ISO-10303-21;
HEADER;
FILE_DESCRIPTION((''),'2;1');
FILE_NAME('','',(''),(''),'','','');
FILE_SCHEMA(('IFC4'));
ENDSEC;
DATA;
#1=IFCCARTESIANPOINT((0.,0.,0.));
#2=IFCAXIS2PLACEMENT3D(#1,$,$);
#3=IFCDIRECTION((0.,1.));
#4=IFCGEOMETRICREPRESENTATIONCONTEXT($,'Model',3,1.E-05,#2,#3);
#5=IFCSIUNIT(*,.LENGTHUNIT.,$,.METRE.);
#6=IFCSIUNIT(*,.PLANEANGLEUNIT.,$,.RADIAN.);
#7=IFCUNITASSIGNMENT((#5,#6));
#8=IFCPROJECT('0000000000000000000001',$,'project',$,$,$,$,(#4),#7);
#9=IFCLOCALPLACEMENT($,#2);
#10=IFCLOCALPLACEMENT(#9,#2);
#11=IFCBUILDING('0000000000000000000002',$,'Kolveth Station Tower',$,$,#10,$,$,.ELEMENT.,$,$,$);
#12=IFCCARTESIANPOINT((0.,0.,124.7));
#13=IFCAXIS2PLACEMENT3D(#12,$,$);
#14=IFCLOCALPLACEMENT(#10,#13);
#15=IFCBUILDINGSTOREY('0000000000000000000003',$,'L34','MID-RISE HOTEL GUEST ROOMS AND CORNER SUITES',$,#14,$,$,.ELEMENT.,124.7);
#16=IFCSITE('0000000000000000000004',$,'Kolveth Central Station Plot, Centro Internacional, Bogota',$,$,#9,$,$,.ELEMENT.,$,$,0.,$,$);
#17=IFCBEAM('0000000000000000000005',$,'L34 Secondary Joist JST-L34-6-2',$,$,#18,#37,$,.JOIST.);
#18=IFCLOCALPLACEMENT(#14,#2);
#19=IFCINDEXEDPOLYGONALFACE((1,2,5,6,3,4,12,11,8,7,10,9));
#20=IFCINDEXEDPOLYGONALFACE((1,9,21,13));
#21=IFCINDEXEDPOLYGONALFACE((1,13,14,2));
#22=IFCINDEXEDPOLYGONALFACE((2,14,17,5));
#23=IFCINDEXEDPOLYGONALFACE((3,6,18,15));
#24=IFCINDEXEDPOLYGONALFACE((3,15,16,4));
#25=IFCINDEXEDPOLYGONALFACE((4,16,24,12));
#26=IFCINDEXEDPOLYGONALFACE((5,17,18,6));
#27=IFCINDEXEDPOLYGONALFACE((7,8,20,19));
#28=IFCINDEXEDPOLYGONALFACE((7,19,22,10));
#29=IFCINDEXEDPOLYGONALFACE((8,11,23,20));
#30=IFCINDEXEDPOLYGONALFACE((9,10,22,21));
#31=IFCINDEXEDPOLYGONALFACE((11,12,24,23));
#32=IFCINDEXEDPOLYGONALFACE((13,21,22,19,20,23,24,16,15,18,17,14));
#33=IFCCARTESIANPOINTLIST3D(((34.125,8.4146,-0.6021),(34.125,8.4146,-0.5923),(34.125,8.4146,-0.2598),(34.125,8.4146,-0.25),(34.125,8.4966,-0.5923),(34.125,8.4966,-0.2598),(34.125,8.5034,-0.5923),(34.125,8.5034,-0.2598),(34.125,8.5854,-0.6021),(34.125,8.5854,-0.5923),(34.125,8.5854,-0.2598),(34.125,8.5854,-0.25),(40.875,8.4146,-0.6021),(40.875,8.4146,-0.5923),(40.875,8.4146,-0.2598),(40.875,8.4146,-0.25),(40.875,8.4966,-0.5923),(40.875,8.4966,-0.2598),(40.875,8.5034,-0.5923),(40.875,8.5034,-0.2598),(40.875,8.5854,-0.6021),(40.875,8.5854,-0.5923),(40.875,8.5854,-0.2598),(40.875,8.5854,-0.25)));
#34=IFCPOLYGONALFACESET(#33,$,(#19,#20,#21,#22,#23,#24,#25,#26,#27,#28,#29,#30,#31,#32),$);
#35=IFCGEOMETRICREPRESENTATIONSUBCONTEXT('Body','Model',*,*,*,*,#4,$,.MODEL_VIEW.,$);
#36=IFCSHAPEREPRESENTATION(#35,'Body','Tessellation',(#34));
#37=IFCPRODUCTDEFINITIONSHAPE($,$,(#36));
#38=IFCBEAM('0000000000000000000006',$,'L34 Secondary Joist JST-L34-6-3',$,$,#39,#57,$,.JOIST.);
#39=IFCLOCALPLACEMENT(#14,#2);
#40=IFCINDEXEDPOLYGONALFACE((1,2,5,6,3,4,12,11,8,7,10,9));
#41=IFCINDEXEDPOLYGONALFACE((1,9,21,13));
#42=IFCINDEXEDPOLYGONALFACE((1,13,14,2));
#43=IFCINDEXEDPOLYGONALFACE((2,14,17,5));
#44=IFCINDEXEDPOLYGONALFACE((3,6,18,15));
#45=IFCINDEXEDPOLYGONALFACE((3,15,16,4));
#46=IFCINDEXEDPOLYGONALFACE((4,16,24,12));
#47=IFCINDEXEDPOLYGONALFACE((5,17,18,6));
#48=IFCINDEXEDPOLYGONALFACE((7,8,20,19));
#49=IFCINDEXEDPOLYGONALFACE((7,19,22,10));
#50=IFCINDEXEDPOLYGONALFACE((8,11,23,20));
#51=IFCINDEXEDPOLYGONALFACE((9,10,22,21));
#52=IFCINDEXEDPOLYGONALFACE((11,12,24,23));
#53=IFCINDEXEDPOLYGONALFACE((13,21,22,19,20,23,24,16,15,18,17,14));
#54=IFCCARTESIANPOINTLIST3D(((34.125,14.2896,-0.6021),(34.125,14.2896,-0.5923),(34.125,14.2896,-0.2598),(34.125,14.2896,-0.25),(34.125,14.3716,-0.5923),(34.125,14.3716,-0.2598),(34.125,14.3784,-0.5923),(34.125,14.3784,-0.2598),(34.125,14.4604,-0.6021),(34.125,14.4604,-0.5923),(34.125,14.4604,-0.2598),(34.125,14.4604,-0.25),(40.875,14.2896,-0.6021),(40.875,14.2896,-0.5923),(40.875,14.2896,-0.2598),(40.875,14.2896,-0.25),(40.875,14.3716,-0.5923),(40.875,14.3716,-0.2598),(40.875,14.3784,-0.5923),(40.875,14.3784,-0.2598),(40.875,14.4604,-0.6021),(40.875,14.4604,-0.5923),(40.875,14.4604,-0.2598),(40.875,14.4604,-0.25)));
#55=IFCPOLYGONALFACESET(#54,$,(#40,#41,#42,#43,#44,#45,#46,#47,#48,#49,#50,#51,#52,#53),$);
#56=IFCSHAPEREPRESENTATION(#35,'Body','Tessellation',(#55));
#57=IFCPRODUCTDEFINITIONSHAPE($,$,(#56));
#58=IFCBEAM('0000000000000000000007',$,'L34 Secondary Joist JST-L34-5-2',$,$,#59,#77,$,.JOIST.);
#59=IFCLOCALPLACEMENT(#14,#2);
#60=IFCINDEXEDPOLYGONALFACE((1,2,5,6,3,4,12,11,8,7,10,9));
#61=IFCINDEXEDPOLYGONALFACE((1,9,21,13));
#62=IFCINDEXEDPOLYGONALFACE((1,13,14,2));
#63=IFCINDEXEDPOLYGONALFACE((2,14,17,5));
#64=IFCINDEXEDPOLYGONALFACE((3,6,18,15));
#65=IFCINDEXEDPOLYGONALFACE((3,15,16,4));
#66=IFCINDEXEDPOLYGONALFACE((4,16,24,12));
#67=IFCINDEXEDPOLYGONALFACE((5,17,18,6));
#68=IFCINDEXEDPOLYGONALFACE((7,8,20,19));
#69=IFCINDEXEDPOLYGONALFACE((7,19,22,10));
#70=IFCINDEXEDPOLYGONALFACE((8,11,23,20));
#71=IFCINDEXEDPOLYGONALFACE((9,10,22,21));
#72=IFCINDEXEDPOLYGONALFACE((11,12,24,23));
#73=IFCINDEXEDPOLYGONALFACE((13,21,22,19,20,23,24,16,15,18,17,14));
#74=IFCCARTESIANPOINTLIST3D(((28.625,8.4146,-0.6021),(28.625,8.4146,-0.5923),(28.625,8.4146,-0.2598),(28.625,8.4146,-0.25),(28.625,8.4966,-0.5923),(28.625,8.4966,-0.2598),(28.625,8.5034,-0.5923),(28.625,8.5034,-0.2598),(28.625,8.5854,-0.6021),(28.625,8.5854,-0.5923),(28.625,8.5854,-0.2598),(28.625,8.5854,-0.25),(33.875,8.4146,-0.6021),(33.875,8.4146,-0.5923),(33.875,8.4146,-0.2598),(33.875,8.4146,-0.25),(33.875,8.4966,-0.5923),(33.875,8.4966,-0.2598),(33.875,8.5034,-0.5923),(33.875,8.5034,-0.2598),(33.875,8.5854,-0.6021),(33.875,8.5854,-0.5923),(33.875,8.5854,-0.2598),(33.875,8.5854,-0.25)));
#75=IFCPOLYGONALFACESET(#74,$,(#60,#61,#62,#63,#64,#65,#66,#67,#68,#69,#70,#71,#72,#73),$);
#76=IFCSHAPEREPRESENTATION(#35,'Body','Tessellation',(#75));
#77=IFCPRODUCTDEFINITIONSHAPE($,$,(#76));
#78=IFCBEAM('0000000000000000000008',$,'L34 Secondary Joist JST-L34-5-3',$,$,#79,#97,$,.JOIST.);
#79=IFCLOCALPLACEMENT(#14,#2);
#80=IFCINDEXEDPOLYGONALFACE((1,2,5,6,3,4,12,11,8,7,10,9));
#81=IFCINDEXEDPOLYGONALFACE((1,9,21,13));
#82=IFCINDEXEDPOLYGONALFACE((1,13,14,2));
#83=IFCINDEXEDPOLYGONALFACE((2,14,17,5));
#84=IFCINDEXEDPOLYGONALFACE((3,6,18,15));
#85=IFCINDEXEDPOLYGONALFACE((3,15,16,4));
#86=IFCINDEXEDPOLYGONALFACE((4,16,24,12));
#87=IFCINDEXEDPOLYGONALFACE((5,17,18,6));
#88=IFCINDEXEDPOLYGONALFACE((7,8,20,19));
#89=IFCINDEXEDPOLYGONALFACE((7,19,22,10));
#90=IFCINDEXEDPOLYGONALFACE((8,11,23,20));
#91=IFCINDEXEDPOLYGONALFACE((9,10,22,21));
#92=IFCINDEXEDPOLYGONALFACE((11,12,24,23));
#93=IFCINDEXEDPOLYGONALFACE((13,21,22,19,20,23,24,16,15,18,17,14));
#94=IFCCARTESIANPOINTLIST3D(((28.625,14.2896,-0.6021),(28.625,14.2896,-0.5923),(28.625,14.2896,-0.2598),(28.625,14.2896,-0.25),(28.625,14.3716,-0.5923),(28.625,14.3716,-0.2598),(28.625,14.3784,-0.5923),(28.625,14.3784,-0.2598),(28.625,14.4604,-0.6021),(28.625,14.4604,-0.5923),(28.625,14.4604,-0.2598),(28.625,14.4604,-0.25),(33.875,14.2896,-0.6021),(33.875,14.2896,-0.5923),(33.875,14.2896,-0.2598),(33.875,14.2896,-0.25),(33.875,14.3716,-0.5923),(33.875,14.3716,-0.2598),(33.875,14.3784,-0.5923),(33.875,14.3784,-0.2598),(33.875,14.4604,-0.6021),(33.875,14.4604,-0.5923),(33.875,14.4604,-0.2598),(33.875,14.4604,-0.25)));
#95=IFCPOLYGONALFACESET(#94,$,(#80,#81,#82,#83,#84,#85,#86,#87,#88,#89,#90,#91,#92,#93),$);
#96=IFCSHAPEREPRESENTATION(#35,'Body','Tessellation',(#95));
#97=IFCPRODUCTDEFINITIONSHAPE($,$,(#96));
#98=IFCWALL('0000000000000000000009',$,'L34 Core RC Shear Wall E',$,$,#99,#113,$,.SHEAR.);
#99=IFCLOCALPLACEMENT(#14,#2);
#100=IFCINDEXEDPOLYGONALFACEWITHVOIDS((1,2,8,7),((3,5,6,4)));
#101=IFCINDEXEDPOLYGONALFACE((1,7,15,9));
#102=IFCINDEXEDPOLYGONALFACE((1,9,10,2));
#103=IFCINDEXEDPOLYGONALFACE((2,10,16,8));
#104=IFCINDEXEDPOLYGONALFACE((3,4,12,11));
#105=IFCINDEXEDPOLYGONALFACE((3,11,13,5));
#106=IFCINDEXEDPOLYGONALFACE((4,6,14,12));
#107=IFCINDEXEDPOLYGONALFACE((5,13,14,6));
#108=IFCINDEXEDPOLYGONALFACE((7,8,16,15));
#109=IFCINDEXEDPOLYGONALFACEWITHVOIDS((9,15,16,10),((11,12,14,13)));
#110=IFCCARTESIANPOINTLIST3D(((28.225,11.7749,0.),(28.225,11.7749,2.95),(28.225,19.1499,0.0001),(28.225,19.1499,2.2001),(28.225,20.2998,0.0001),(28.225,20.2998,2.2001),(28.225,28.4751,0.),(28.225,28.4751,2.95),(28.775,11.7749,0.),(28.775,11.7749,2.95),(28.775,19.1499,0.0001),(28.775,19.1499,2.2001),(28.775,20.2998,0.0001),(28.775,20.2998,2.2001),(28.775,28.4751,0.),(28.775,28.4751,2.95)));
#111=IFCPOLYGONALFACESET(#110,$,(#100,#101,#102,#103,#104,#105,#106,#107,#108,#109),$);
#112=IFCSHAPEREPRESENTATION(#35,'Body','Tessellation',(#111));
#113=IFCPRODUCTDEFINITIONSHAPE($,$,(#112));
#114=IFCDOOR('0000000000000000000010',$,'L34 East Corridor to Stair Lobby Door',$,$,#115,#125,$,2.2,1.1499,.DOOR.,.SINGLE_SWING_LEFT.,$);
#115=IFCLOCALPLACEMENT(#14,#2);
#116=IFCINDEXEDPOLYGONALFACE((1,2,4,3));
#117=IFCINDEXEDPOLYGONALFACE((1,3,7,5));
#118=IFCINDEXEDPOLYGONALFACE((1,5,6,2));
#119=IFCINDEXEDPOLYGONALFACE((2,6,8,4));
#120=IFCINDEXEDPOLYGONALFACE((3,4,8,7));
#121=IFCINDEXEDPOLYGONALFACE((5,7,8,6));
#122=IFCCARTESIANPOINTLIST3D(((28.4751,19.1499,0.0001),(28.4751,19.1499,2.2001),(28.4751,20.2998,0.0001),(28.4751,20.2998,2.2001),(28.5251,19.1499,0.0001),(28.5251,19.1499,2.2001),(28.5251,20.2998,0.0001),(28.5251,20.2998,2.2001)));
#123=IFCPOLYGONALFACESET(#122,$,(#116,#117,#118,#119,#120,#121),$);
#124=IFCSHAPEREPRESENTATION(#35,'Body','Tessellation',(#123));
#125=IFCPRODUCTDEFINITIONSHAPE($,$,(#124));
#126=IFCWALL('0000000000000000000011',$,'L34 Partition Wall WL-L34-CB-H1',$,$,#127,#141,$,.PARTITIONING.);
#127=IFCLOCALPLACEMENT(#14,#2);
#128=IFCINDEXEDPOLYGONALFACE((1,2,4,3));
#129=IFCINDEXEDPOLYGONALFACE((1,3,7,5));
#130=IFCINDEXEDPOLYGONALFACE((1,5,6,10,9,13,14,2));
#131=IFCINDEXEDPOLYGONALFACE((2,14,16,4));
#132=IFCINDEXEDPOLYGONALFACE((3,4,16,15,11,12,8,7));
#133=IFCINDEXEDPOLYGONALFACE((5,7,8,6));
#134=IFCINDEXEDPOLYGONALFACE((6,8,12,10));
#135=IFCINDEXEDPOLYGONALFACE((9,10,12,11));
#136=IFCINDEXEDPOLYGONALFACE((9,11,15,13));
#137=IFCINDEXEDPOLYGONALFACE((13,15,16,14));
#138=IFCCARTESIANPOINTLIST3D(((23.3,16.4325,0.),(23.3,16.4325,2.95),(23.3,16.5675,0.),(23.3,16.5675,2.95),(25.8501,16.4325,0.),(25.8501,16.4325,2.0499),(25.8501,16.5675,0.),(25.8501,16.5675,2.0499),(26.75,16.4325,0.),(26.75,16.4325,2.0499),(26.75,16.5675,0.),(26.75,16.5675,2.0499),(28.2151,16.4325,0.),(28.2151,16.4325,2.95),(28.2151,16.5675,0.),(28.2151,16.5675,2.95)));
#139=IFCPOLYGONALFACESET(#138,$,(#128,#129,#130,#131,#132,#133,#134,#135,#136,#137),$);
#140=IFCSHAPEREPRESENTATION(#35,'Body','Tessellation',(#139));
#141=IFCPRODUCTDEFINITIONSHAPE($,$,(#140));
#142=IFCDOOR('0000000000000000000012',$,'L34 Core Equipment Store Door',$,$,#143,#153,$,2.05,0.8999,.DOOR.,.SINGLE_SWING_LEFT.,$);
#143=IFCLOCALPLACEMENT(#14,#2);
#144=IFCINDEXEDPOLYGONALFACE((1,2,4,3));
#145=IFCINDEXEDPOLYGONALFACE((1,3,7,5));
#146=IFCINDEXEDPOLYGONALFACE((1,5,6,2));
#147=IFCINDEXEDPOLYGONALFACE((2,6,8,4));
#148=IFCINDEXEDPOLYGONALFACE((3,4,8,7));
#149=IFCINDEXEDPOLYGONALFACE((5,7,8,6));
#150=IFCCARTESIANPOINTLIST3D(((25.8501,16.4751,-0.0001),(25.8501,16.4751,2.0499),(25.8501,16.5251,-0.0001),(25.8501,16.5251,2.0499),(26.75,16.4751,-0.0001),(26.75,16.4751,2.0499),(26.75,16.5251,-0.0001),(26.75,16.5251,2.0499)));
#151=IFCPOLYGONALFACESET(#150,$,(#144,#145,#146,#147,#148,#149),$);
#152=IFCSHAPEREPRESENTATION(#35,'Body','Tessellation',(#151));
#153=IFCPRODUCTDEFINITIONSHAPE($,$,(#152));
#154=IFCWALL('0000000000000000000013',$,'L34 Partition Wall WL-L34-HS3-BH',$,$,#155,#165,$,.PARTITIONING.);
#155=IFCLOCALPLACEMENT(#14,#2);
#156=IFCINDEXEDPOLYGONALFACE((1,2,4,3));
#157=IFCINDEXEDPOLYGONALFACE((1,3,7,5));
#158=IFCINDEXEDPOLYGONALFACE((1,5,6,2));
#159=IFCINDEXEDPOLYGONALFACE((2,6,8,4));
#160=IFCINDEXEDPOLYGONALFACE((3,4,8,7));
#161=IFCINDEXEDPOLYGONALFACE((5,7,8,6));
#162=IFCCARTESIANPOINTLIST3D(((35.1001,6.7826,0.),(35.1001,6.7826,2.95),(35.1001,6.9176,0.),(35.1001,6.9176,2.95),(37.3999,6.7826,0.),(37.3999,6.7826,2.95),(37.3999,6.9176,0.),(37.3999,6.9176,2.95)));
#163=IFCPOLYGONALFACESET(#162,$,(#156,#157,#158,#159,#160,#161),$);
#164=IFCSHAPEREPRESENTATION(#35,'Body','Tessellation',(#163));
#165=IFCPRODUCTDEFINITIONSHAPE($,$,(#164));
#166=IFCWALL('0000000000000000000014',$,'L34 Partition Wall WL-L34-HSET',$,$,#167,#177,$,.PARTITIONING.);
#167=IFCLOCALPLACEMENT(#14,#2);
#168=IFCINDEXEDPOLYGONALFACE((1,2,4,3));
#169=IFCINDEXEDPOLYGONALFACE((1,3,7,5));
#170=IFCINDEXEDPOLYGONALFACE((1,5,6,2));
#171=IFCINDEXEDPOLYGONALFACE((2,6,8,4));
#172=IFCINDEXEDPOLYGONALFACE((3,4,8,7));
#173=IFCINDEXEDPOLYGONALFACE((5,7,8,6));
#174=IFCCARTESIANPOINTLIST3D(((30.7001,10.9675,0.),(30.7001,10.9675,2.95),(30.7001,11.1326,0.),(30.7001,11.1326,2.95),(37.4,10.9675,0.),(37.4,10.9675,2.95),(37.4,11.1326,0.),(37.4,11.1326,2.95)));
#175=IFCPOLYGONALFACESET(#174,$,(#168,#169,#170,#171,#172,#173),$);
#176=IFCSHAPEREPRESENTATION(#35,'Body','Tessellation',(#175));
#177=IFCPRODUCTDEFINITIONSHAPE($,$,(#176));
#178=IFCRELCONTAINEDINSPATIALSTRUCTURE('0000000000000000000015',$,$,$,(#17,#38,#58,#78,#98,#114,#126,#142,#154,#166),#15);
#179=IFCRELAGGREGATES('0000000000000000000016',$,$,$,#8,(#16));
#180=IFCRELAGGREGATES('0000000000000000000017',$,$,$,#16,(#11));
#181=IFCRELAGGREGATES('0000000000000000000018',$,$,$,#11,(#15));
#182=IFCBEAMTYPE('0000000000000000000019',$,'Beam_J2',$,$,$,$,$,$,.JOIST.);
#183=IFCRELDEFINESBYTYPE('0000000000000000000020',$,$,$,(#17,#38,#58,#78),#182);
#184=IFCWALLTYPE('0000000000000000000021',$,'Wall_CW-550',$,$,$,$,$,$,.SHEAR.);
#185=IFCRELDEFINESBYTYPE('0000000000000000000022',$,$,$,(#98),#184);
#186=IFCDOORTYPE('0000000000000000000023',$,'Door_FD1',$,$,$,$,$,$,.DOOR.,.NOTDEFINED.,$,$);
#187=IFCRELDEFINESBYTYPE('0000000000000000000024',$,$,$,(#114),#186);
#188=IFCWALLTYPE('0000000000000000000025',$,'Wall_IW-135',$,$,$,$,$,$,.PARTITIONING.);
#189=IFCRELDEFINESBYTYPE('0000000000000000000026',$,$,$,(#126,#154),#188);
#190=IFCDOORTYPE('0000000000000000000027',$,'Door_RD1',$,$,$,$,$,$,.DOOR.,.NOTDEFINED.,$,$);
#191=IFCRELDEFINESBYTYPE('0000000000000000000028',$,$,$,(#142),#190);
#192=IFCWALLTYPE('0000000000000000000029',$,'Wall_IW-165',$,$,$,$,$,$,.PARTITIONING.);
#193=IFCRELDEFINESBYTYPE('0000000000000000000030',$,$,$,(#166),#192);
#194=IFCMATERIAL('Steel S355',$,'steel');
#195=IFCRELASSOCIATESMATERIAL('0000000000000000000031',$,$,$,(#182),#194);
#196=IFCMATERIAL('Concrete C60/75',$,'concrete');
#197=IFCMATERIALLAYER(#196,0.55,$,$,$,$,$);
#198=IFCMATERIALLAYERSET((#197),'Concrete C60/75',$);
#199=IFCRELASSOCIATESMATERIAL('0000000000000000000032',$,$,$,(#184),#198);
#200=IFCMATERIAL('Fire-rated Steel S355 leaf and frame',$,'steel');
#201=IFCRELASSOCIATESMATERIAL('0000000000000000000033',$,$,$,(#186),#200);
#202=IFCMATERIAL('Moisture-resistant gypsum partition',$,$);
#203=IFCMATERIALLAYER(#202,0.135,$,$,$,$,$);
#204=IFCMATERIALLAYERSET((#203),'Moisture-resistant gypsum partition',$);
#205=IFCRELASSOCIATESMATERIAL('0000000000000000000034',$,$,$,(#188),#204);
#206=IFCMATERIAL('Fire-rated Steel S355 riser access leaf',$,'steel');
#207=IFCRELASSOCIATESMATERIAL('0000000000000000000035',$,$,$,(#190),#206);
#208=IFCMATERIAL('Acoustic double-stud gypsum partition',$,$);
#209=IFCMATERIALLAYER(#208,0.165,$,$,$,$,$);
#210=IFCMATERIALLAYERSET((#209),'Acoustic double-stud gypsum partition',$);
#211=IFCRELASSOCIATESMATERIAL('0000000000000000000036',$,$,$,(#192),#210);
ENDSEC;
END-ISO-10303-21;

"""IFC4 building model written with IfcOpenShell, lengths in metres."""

from ifc_helpers import new_model, si_unit, direction, frame, frame_2d, origin, origin_2d, place, context, subcontext, project, spatial, rectangle, i_section, extrude, source, transform, mapped, material, layer, layer_set, material_profile, profile_set, type_object, element, fill, save


model = new_model("IFC4")

# Units and contexts
model_context = context("Model", 3, precision=1e-05, world=origin(), true_north=direction((0.0, 1.0)))
body_context = subcontext(model_context, "Body", "Model", "MODEL_VIEW")
ifc_project = project(units=[si_unit("LENGTHUNIT", "METRE"), si_unit("PLANEANGLEUNIT", "RADIAN")], contexts=[model_context])

# Site, building, storey
site_placement = place(None, origin())
site = spatial("IfcSite", under=ifc_project, at=site_placement, Name="Kolveth Central Station Plot, Centro Internacional, Bogota", CompositionType="ELEMENT", RefElevation=0.0)
building_placement = place(site_placement, origin())
building = spatial("IfcBuilding", under=site, at=building_placement, Name="Kolveth Station Tower", CompositionType="ELEMENT")
storey_placement = place(building_placement, frame((0.0, 0.0, 124.7)))
storey = spatial("IfcBuildingStorey", under=building, at=storey_placement, Name="L34", Description="MID-RISE HOTEL GUEST ROOMS AND CORNER SUITES", CompositionType="ELEMENT", Elevation=124.7)

# Shared definitions
ifc_material_1 = material(Name="Steel S355", Category="steel")

# Beams
ifc_material_profile_1 = material_profile(ifc_material_1, i_section(OverallWidth=0.1709, OverallDepth=0.3521, WebThickness=0.0068, FlangeThickness=0.0098, at=origin_2d()), Name="W360x44")
ifc_profile_set_1 = profile_set([ifc_material_profile_1], Name="Steel S355")
beam_type_1 = type_object("IfcBeamType", Name="Beam_J2", PredefinedType="JOIST", material=ifc_profile_set_1)
shared_shape_1 = source(origin(), body_context, "Body", "SweptSolid", [
    extrude(i_section(OverallWidth=0.1709, OverallDepth=0.3521, WebThickness=0.0068, FlangeThickness=0.0098, at=origin_2d()), origin(), (0.0, 0.0, 1.0), 6.75),
])
for number, where, z_axis, x_axis, name in (
    (1, (34.125, 8.5, -0.426), (1.0, 0.0, 0.0), (0.0, 1.0, 0.0), "L34 Secondary Joist JST-L34-6-2"),
    (2, (34.125, 14.375, -0.426), (1.0, 0.0, 0.0), (0.0, 1.0, 0.0), "L34 Secondary Joist JST-L34-6-3"),
):
    element("IfcBeam", number, at=place(storey_placement, frame(where, z_axis=z_axis, x_axis=x_axis)), inside=storey, type_object=beam_type_1, Name=name, PredefinedType="JOIST", context=body_context, shape_type="MappedRepresentation", body=[
        mapped(shared_shape_1, transform((0.0, 0.0, 0.0), x_axis=(1.0, 0.0, 0.0), y_axis=(0.0, 1.0, 0.0), z_axis=(0.0, 0.0, 1.0), scale=1.0)),
    ])
shared_shape_2 = source(origin(), body_context, "Body", "SweptSolid", [
    extrude(i_section(OverallWidth=0.1709, OverallDepth=0.3521, WebThickness=0.0068, FlangeThickness=0.0098, at=origin_2d()), origin(), (0.0, 0.0, 1.0), 5.25),
])
for number, where, z_axis, x_axis, name in (
    (3, (28.625, 8.5, -0.426), (1.0, 0.0, 0.0), (0.0, 1.0, 0.0), "L34 Secondary Joist JST-L34-5-2"),
    (4, (28.625, 14.375, -0.426), (1.0, 0.0, 0.0), (0.0, 1.0, 0.0), "L34 Secondary Joist JST-L34-5-3"),
):
    element("IfcBeam", number, at=place(storey_placement, frame(where, z_axis=z_axis, x_axis=x_axis)), inside=storey, type_object=beam_type_1, Name=name, PredefinedType="JOIST", context=body_context, shape_type="MappedRepresentation", body=[
        mapped(shared_shape_2, transform((0.0, 0.0, 0.0), x_axis=(1.0, 0.0, 0.0), y_axis=(0.0, 1.0, 0.0), z_axis=(0.0, 0.0, 1.0), scale=1.0)),
    ])

# Walls, openings, doors
ifc_material_2 = material(Name="Concrete C60/75", Category="concrete")
ifc_layer_1 = layer(ifc_material_2, 0.55)
ifc_layer_set_1 = layer_set([ifc_layer_1], Name="Concrete C60/75")
wall_type_1 = type_object("IfcWallType", Name="Wall_CW-550", PredefinedType="SHEAR", material=ifc_layer_set_1)
wall_1_placement = place(storey_placement, frame((28.5, 11.7749, 0.0), z_axis=(0.0, 0.0, 1.0), x_axis=(0.0, 1.0, 0.0)))
wall_1 = element("IfcWall", 5, at=wall_1_placement, inside=storey, type_object=wall_type_1, Name="L34 Core RC Shear Wall E", PredefinedType="SHEAR", context=body_context, shape_type="SweptSolid", body=[
    extrude(rectangle(XDim=16.7002, YDim=0.55, at=frame_2d((8.3501, 0.0))), origin(), (0.0, 0.0, 1.0), 2.95),
])
opening_1_placement = place(wall_1_placement, frame((7.375, 0.0, 0.0)))
opening_1 = element("IfcOpeningElement", 6, at=opening_1_placement, cuts=wall_1, PredefinedType="OPENING", context=body_context, shape_type="SweptSolid", body=[
    extrude(rectangle(XDim=1.1499, YDim=2.2, at=frame_2d((0.575, 1.1001))), frame((0.0, 0.2849, 0.0), z_axis=(0.0, -1.0, 0.0), x_axis=(1.0, 0.0, 0.0)), (0.0, 0.0, 1.0), 0.5701),
])
ifc_material_3 = material(Name="Fire-rated Steel S355 leaf and frame", Category="steel")
door_type_1 = type_object("IfcDoorType", Name="Door_FD1", OperationType="NOTDEFINED", PredefinedType="DOOR", material=ifc_material_3)
door_1_placement = place(opening_1_placement, origin())
door_1 = element("IfcDoor", 7, at=door_1_placement, inside=storey, type_object=door_type_1, Name="L34 East Corridor to Stair Lobby Door", OperationType="SINGLE_SWING_LEFT", OverallHeight=2.2, OverallWidth=1.1499, PredefinedType="DOOR", context=body_context, shape_type="SweptSolid", body=[
    extrude(rectangle(XDim=1.1499, YDim=2.2, at=frame_2d((0.575, 1.1001))), frame((0.0, 0.0249, 0.0), z_axis=(0.0, -1.0, 0.0), x_axis=(1.0, 0.0, 0.0)), (0.0, 0.0, 1.0), 0.05),
])
fill(opening_1, door_1)
ifc_material_4 = material(Name="Moisture-resistant gypsum partition")
ifc_layer_2 = layer(ifc_material_4, 0.135)
ifc_layer_set_2 = layer_set([ifc_layer_2], Name="Moisture-resistant gypsum partition")
wall_type_2 = type_object("IfcWallType", Name="Wall_IW-135", PredefinedType="PARTITIONING", material=ifc_layer_set_2)
wall_2_placement = place(storey_placement, frame((23.3, 16.5, 0.0), z_axis=(0.0, 0.0, 1.0), x_axis=(1.0, 0.0, 0.0)))
wall_2 = element("IfcWall", 8, at=wall_2_placement, inside=storey, type_object=wall_type_2, Name="L34 Partition Wall WL-L34-CB-H1", PredefinedType="PARTITIONING", context=body_context, shape_type="SweptSolid", body=[
    extrude(rectangle(XDim=4.915, YDim=0.135, at=frame_2d((2.4575, 0.0))), origin(), (0.0, 0.0, 1.0), 2.95),
])
opening_2_placement = place(wall_2_placement, frame((2.55, 0.0, 0.0)))
opening_2 = element("IfcOpeningElement", 9, at=opening_2_placement, cuts=wall_2, PredefinedType="OPENING", context=body_context, shape_type="SweptSolid", body=[
    extrude(rectangle(XDim=0.8999, YDim=2.05, at=frame_2d((0.45, 1.0249))), frame((0.0, 0.0774, 0.0), z_axis=(0.0, -1.0, 0.0), x_axis=(1.0, 0.0, 0.0)), (0.0, 0.0, 1.0), 0.155),
])
ifc_material_5 = material(Name="Fire-rated Steel S355 riser access leaf", Category="steel")
door_type_2 = type_object("IfcDoorType", Name="Door_RD1", OperationType="NOTDEFINED", PredefinedType="DOOR", material=ifc_material_5)
door_2_placement = place(opening_2_placement, frame((0.8999, 0.0, 0.0), z_axis=(0.0, 0.0, 1.0), x_axis=(-1.0, 0.0, 0.0)))
door_2 = element("IfcDoor", 10, at=door_2_placement, inside=storey, type_object=door_type_2, Name="L34 Core Equipment Store Door", OperationType="SINGLE_SWING_LEFT", OverallHeight=2.05, OverallWidth=0.8999, PredefinedType="DOOR", context=body_context, shape_type="SweptSolid", body=[
    extrude(rectangle(XDim=0.8999, YDim=2.05, at=frame_2d((0.45, 1.0249))), frame((0.0, 0.0249, 0.0), z_axis=(0.0, -1.0, 0.0), x_axis=(1.0, 0.0, 0.0)), (0.0, 0.0, 1.0), 0.05),
])
fill(opening_2, door_2)

# Walls
wall_3_placement = place(storey_placement, frame((35.1001, 6.8501, 0.0), z_axis=(0.0, 0.0, 1.0), x_axis=(1.0, 0.0, 0.0)))
element("IfcWall", 11, at=wall_3_placement, inside=storey, type_object=wall_type_2, Name="L34 Partition Wall WL-L34-HS3-BH", PredefinedType="PARTITIONING", context=body_context, shape_type="SweptSolid", body=[
    extrude(rectangle(XDim=2.2998, YDim=0.135, at=frame_2d((1.1499, 0.0))), origin(), (0.0, 0.0, 1.0), 2.95),
])
ifc_material_6 = material(Name="Acoustic double-stud gypsum partition")
ifc_layer_3 = layer(ifc_material_6, 0.165)
ifc_layer_set_3 = layer_set([ifc_layer_3], Name="Acoustic double-stud gypsum partition")
wall_type_3 = type_object("IfcWallType", Name="Wall_IW-165", PredefinedType="PARTITIONING", material=ifc_layer_set_3)
wall_4_placement = place(storey_placement, frame((30.7, 11.05, 0.0), z_axis=(0.0, 0.0, 1.0), x_axis=(1.0, 0.0, 0.0)))
element("IfcWall", 12, at=wall_4_placement, inside=storey, type_object=wall_type_3, Name="L34 Partition Wall WL-L34-HSET", PredefinedType="PARTITIONING", context=body_context, shape_type="SweptSolid", body=[
    extrude(rectangle(XDim=6.7, YDim=0.165, at=frame_2d((3.3501, 0.0))), origin(), (0.0, 0.0, 1.0), 2.95),
])

save(model, "model.ifc")
